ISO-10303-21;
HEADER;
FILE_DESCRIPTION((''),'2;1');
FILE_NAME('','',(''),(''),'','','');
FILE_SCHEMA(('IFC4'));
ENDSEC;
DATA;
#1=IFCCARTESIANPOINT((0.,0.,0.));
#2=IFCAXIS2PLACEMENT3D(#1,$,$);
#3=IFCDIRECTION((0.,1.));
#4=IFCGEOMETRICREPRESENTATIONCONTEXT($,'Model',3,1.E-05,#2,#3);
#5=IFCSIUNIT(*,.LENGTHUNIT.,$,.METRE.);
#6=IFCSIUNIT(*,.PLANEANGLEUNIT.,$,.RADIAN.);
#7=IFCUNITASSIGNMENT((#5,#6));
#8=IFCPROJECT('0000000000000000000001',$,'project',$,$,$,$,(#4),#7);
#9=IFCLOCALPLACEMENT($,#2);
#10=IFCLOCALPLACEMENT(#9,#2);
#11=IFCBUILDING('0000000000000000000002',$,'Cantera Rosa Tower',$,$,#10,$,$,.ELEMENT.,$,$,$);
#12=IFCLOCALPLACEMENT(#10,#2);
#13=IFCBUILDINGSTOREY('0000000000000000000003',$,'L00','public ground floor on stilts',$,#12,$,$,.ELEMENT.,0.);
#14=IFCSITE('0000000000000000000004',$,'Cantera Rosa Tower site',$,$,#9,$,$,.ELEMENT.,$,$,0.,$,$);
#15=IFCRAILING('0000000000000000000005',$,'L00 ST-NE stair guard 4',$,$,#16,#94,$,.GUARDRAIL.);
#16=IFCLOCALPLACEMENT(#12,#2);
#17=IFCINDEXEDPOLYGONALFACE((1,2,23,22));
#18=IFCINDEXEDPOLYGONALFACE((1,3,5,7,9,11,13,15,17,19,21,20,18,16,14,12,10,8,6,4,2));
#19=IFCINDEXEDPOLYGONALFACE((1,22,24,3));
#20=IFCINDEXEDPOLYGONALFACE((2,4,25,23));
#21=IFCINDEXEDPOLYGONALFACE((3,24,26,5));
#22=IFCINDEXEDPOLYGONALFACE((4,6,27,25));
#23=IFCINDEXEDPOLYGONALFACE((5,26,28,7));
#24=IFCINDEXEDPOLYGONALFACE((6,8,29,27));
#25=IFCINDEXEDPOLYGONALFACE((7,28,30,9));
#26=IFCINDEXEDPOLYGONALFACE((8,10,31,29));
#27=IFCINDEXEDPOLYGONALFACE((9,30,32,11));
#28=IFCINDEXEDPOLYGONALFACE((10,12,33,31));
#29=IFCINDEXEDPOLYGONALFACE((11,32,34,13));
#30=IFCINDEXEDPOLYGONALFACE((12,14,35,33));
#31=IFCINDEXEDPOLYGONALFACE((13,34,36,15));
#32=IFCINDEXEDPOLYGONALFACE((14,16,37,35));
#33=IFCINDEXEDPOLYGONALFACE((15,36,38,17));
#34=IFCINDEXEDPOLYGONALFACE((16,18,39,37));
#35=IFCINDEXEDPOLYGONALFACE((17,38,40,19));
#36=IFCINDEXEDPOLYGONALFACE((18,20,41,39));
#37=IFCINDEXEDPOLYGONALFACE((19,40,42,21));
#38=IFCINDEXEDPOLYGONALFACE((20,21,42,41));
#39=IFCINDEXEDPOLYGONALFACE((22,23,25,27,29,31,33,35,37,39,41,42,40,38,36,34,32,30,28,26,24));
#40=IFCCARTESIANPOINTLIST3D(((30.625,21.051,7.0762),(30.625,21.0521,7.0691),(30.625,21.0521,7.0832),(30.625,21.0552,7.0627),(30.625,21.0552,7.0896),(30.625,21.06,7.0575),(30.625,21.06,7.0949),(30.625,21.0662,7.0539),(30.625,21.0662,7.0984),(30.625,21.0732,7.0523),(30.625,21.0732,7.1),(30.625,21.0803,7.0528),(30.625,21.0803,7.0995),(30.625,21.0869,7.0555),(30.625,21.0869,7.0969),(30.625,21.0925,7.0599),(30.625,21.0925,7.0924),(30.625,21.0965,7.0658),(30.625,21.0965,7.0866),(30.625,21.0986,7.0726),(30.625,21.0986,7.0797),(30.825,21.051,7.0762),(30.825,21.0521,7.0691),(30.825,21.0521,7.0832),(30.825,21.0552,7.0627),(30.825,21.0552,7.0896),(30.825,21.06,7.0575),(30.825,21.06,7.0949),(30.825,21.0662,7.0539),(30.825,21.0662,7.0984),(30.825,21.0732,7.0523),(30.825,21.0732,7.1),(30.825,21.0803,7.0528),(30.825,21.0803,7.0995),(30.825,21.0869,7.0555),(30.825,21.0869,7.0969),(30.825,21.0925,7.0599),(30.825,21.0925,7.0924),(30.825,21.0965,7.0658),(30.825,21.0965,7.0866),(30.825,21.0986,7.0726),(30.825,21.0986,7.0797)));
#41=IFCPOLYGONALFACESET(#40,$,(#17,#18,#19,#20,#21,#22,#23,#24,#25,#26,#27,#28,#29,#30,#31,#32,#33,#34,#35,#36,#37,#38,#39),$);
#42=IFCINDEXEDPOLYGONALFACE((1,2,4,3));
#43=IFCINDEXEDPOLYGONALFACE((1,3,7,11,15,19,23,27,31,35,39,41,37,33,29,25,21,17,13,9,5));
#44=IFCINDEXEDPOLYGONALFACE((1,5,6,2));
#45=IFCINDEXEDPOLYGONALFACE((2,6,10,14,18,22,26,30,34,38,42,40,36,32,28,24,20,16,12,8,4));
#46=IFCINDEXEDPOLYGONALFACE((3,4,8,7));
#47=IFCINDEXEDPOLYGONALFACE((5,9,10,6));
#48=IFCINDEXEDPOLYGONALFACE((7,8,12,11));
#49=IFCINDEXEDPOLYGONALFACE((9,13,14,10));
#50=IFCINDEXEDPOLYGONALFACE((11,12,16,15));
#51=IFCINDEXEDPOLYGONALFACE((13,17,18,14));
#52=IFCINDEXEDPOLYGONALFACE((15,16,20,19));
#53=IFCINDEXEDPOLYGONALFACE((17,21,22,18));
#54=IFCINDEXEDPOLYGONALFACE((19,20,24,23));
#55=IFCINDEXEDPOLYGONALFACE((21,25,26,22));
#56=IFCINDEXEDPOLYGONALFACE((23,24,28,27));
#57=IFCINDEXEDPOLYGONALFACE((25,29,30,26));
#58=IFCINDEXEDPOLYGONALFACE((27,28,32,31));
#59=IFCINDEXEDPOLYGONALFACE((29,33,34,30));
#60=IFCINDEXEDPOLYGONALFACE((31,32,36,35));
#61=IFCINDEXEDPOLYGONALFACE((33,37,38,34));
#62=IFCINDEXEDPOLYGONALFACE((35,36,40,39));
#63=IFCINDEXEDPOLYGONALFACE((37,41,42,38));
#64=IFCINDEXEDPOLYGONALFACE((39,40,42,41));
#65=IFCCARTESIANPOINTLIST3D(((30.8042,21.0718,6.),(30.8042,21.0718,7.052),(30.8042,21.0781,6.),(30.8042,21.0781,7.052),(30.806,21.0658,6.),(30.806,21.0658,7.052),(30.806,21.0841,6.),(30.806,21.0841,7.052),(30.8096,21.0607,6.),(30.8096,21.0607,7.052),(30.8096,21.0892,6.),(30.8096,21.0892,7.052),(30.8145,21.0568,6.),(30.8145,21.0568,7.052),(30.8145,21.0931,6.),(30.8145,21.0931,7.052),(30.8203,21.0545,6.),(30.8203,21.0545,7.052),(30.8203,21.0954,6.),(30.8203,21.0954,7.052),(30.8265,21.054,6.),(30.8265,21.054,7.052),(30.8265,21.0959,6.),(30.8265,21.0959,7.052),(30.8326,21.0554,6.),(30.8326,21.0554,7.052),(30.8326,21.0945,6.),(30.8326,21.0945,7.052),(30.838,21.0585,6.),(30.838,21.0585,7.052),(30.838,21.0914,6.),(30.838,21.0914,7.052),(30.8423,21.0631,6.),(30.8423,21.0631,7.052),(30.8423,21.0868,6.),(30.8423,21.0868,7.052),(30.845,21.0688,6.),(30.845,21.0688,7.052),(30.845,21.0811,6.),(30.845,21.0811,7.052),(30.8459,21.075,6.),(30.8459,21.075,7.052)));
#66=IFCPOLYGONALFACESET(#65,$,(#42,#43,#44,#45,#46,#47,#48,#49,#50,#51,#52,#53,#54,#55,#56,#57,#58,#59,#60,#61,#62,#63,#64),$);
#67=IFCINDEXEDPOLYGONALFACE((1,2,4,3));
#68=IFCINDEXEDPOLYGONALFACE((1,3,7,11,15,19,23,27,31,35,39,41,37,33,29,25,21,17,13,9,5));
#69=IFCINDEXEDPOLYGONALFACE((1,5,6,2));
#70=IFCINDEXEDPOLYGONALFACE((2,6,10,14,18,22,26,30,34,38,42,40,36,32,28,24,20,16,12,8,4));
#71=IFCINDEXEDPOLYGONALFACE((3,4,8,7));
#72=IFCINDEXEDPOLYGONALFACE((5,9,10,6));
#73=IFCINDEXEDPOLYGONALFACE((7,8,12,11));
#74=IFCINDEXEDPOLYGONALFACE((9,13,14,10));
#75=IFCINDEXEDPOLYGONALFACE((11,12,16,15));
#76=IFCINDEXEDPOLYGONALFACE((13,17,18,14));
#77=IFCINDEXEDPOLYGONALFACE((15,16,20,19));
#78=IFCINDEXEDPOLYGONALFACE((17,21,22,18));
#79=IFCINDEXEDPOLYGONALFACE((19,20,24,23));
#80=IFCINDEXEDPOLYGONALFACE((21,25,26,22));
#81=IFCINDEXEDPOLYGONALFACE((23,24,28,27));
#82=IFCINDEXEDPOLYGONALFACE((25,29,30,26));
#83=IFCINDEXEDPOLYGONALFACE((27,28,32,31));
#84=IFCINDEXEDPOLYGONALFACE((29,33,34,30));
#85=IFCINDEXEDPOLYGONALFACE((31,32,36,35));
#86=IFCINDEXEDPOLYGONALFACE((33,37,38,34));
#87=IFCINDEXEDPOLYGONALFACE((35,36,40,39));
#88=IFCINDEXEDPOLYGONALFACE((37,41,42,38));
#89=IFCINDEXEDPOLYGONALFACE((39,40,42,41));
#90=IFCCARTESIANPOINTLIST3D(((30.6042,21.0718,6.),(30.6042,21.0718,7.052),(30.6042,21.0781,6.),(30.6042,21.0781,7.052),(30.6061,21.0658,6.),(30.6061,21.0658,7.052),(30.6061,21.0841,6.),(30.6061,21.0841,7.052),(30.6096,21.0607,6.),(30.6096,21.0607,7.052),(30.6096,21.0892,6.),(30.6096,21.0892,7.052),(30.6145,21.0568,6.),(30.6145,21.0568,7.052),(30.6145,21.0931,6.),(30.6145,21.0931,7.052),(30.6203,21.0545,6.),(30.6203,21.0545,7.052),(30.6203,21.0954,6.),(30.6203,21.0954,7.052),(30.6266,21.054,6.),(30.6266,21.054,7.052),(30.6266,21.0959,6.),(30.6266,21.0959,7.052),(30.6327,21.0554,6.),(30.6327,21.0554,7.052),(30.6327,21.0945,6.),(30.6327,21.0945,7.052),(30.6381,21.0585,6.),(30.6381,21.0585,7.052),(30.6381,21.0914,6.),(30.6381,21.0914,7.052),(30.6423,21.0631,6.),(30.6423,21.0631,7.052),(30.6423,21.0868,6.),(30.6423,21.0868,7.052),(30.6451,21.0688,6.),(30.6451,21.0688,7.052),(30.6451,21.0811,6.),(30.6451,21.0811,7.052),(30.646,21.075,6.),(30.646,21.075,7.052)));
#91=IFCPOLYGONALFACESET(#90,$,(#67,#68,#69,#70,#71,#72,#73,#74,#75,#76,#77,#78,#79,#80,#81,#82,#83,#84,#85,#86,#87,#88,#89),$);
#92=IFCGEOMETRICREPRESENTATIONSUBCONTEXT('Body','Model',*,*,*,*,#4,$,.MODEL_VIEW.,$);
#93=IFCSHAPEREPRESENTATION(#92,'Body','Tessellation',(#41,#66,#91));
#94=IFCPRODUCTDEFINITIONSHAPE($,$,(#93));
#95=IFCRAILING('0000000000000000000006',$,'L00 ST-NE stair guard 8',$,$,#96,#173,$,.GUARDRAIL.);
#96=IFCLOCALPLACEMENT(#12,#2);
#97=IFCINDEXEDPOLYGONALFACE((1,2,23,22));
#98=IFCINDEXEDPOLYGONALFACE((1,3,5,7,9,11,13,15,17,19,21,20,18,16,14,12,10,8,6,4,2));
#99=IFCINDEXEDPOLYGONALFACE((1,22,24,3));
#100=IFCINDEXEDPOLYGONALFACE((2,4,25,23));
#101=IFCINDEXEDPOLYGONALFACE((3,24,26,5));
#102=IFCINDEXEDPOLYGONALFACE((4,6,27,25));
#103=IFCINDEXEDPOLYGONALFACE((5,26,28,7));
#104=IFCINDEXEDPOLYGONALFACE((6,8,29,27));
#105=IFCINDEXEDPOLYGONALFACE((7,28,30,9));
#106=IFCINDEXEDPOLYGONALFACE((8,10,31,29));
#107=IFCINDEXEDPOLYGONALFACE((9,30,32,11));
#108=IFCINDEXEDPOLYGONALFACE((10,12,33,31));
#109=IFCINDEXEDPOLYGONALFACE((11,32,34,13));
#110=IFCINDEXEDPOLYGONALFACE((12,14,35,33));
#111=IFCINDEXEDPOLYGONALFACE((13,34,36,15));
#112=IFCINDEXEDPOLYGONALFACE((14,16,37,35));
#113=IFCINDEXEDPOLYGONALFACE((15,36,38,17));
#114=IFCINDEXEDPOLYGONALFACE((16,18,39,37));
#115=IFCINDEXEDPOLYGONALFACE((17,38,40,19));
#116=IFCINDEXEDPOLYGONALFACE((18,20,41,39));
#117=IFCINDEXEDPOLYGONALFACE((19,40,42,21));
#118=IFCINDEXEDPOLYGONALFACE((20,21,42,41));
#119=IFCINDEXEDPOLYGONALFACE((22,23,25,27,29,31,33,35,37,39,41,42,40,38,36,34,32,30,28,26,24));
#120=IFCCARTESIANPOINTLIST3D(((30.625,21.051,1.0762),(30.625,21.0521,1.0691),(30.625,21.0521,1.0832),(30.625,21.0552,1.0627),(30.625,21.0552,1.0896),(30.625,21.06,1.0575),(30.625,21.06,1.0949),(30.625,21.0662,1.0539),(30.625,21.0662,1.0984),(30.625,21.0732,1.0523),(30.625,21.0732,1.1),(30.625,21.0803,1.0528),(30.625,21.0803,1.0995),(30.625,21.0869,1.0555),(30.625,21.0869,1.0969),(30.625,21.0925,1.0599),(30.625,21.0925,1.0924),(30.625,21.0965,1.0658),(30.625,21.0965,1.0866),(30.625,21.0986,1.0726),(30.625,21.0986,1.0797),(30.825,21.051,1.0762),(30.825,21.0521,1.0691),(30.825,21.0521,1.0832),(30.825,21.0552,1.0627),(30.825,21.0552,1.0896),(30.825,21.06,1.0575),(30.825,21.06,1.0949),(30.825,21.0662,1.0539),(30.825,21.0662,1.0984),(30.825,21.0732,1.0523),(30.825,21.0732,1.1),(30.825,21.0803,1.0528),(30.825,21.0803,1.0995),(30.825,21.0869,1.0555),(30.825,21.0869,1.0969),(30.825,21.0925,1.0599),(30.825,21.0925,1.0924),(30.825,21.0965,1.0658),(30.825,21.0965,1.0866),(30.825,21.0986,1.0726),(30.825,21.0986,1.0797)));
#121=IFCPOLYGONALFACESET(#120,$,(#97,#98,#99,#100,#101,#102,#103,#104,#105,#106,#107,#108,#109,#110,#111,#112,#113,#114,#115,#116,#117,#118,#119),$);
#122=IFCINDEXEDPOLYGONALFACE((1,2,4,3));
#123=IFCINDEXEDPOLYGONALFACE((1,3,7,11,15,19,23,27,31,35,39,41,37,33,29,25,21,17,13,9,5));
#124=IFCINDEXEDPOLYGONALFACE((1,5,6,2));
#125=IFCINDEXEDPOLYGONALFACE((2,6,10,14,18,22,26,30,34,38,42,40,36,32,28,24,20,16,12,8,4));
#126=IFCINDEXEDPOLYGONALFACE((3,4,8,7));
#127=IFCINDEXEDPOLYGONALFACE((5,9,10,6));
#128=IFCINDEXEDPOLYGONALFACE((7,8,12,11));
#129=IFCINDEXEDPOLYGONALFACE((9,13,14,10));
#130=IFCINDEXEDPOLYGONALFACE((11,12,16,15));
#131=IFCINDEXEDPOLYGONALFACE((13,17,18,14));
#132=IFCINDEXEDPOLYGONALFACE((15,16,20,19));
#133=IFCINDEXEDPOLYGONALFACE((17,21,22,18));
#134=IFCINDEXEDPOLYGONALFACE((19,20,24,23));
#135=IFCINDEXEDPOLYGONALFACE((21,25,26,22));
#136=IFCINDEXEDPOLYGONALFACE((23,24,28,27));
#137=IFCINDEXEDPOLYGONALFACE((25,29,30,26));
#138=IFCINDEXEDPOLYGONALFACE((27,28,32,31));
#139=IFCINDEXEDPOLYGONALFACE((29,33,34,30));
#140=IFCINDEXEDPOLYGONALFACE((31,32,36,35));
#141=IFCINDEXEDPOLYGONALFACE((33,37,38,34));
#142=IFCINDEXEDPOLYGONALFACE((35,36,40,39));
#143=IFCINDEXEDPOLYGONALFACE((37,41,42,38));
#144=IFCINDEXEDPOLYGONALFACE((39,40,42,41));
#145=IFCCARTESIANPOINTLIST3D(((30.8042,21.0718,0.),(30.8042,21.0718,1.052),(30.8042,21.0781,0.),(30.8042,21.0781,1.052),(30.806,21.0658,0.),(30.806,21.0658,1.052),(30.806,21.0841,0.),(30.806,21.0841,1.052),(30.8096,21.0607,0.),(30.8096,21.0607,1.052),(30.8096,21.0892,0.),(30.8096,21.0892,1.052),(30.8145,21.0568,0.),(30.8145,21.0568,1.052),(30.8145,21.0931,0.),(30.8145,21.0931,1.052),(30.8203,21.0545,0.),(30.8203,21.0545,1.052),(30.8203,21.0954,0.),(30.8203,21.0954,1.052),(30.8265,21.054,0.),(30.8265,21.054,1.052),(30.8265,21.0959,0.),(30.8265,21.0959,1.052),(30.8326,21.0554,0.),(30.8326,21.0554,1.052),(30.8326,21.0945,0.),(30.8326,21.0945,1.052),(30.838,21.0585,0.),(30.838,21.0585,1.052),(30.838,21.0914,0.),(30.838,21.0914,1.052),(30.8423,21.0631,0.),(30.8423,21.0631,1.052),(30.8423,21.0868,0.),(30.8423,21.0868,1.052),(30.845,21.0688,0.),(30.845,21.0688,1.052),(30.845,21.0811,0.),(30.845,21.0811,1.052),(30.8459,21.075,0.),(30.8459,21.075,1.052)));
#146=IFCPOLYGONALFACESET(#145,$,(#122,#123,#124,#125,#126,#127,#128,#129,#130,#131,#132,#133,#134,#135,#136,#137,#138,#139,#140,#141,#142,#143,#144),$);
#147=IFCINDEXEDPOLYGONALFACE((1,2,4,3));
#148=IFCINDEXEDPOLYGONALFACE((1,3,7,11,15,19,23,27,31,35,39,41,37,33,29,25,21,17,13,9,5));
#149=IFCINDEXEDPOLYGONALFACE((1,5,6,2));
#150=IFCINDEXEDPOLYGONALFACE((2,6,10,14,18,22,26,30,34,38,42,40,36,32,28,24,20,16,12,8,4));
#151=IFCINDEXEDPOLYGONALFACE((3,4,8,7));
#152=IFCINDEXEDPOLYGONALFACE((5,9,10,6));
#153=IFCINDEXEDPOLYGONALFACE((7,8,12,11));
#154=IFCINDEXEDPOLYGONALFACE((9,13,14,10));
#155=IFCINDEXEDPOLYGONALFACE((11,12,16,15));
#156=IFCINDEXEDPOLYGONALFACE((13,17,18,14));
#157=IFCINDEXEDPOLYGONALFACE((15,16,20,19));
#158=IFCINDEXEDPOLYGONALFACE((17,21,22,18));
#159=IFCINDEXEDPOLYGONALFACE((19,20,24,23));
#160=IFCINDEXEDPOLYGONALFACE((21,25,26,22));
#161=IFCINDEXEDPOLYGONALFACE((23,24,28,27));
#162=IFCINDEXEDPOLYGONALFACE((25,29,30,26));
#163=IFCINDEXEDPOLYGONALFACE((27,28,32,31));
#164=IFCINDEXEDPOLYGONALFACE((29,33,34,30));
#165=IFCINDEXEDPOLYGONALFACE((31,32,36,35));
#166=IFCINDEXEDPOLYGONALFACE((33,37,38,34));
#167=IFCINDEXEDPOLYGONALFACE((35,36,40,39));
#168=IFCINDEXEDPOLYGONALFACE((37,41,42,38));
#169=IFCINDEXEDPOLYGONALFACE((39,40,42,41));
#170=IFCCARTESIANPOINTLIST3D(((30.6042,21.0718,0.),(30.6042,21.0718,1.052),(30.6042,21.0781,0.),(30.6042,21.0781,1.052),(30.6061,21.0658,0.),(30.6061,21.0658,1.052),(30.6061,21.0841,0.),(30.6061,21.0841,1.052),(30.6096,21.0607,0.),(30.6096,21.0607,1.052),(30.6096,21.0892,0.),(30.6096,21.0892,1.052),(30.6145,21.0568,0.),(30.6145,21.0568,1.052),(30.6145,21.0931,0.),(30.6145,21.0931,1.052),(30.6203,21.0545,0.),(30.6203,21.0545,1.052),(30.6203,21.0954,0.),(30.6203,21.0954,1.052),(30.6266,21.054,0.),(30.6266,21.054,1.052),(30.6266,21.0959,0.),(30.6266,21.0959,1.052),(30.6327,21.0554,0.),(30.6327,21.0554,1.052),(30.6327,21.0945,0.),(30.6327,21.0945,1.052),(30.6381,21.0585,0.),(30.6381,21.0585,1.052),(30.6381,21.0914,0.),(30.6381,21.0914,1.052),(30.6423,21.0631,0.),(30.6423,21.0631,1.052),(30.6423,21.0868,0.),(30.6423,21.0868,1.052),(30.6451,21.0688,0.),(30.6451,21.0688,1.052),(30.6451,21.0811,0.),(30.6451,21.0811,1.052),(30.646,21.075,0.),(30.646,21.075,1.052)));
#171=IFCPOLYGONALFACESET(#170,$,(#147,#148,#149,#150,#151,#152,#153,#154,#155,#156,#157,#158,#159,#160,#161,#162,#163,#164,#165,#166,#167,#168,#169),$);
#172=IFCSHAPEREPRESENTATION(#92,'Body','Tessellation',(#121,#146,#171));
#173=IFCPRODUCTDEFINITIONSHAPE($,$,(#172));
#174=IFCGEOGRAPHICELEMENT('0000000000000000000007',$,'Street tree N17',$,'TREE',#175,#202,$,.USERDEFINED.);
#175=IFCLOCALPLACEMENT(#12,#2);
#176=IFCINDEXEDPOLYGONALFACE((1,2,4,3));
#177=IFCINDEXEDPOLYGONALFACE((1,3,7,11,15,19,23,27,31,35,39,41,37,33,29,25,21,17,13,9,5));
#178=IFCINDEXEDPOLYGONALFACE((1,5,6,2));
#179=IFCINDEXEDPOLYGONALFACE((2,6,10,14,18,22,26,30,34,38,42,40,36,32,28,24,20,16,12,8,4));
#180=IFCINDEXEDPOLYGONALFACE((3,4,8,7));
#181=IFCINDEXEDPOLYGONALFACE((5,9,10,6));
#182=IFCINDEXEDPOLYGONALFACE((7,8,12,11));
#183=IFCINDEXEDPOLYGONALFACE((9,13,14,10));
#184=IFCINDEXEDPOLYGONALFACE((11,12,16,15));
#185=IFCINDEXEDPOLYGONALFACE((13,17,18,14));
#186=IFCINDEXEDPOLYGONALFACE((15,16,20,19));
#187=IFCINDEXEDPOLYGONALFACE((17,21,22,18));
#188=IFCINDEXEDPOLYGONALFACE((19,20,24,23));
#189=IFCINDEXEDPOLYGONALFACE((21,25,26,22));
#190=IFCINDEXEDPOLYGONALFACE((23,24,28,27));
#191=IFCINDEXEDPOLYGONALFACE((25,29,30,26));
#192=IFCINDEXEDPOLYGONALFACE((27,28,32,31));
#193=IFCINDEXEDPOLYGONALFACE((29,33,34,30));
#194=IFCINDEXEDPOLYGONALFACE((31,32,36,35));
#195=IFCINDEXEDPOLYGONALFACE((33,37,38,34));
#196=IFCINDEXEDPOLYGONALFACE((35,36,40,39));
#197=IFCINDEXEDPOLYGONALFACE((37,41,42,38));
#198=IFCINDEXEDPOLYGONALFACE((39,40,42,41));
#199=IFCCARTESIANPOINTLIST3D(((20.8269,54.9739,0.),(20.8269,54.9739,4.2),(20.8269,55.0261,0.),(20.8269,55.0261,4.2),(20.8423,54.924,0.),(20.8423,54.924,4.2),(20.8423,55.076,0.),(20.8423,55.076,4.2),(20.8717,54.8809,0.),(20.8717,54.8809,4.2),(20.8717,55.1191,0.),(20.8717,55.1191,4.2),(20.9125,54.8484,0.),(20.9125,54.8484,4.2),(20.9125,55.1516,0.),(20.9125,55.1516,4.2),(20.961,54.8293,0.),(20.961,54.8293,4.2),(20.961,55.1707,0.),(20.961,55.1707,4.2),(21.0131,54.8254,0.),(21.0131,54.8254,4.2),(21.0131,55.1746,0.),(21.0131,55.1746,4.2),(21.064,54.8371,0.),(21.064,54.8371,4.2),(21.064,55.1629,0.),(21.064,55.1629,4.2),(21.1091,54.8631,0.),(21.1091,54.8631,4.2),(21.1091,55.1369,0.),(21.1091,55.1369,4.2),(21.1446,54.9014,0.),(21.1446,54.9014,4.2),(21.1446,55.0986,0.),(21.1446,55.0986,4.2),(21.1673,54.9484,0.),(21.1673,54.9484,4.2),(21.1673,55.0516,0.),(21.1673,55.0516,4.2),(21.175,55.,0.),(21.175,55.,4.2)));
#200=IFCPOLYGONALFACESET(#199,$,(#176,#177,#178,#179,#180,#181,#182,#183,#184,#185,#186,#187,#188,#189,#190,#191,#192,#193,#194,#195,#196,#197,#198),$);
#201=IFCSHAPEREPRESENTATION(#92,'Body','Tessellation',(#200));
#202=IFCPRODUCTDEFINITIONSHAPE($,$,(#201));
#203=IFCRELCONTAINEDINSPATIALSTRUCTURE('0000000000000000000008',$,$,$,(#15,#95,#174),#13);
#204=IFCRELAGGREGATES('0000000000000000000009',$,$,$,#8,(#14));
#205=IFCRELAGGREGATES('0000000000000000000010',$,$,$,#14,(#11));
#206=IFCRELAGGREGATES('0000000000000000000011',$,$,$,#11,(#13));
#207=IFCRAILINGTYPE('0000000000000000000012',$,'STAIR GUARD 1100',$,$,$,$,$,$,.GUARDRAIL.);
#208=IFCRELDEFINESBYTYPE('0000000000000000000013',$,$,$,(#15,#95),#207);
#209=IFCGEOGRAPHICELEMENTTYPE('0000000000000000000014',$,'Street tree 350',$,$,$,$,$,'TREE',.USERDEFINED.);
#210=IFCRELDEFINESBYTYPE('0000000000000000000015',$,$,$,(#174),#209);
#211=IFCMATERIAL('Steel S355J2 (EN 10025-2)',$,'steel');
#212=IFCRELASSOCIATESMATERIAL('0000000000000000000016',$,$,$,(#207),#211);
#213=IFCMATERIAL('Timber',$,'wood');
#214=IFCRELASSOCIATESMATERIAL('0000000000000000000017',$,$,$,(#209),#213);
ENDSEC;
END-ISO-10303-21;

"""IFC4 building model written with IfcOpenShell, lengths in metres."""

from ifc_helpers import new_model, si_unit, direction, frame, origin, origin_2d, place, context, subcontext, project, spatial, circle, extrude, material, material_profile, profile_set, type_object, element, save


model = new_model("IFC4")

# Units and contexts
model_context = context("Model", 3, precision=1e-05, world=origin(), true_north=direction((0.0, 1.0)))
body_context = subcontext(model_context, "Body", "Model", "MODEL_VIEW")
ifc_project = project(units=[si_unit("LENGTHUNIT", "METRE"), si_unit("PLANEANGLEUNIT", "RADIAN")], contexts=[model_context])

# Site, building, storey
site_placement = place(None, origin())
site = spatial("IfcSite", under=ifc_project, at=site_placement, Name="Cantera Rosa Tower site", CompositionType="ELEMENT", RefElevation=0.0)
building_placement = place(site_placement, origin())
building = spatial("IfcBuilding", under=site, at=building_placement, Name="Cantera Rosa Tower", CompositionType="ELEMENT")
storey_placement = place(building_placement, origin())
storey = spatial("IfcBuildingStorey", under=building, at=storey_placement, Name="L00", Description="public ground floor on stilts", CompositionType="ELEMENT", Elevation=0.0)

# Railings
ifc_material_1 = material(Name="Steel S355J2 (EN 10025-2)", Category="steel")
railing_type_1 = type_object("IfcRailingType", Name="STAIR GUARD 1100", PredefinedType="GUARDRAIL", material=ifc_material_1)
railing_1_placement = place(storey_placement, frame((30.825, 21.075, 6.0)))
element("IfcRailing", 1, at=railing_1_placement, inside=storey, type_object=railing_type_1, Name="L00 ST-NE stair guard 4", PredefinedType="GUARDRAIL", context=body_context, shape_type="SweptSolid", body=[
    extrude(circle(Radius=0.0239, at=origin_2d()), frame((0.0, 0.0, 1.0762), z_axis=(-1.0, 0.0, 0.0), x_axis=(0.0, -1.0, 0.0)), (0.0, 0.0, 1.0), 0.2),
    extrude(circle(Radius=0.021, at=origin_2d()), origin(), (0.0, 0.0, 1.0), 1.052),
    extrude(circle(Radius=0.021, at=origin_2d()), frame((-0.2, 0.0, 0.0)), (0.0, 0.0, 1.0), 1.052),
])
railing_2_placement = place(storey_placement, frame((30.825, 21.075, 0.0)))
element("IfcRailing", 2, at=railing_2_placement, inside=storey, type_object=railing_type_1, Name="L00 ST-NE stair guard 8", PredefinedType="GUARDRAIL", context=body_context, shape_type="SweptSolid", body=[
    extrude(circle(Radius=0.0239, at=origin_2d()), frame((0.0, 0.0, 1.0762), z_axis=(-1.0, 0.0, 0.0), x_axis=(0.0, -1.0, 0.0)), (0.0, 0.0, 1.0), 0.2),
    extrude(circle(Radius=0.021, at=origin_2d()), origin(), (0.0, 0.0, 1.0), 1.052),
    extrude(circle(Radius=0.021, at=origin_2d()), frame((-0.2, 0.0, 0.0)), (0.0, 0.0, 1.0), 1.052),
])

# Geographic element
ifc_material_2 = material(Name="Timber", Category="wood")
ifc_material_profile_1 = material_profile(ifc_material_2, circle(Radius=0.175, at=origin_2d()), Name="Street tree 350")
ifc_profile_set_1 = profile_set([ifc_material_profile_1], Name="Timber")
geographic_element_type = type_object("IfcGeographicElementType", Name="Street tree 350", ElementType="TREE", PredefinedType="USERDEFINED", material=ifc_profile_set_1)
for number, where, z_axis, x_axis, name in (
    (3, (21.0, 55.0, 0.0), (0.0, 0.0, 1.0), (1.0, 0.0, 0.0), "Street tree N17"),
):
    element("IfcGeographicElement", number, at=place(storey_placement, frame(where, z_axis=z_axis, x_axis=x_axis)), inside=storey, type_object=geographic_element_type, Name=name, ObjectType="TREE", PredefinedType="USERDEFINED", context=body_context, shape_type="SweptSolid", body=[
        extrude(circle(Radius=0.175, at=origin_2d()), origin(), (0.0, 0.0, 1.0), 4.2),
    ])

save(model, "model.ifc")
